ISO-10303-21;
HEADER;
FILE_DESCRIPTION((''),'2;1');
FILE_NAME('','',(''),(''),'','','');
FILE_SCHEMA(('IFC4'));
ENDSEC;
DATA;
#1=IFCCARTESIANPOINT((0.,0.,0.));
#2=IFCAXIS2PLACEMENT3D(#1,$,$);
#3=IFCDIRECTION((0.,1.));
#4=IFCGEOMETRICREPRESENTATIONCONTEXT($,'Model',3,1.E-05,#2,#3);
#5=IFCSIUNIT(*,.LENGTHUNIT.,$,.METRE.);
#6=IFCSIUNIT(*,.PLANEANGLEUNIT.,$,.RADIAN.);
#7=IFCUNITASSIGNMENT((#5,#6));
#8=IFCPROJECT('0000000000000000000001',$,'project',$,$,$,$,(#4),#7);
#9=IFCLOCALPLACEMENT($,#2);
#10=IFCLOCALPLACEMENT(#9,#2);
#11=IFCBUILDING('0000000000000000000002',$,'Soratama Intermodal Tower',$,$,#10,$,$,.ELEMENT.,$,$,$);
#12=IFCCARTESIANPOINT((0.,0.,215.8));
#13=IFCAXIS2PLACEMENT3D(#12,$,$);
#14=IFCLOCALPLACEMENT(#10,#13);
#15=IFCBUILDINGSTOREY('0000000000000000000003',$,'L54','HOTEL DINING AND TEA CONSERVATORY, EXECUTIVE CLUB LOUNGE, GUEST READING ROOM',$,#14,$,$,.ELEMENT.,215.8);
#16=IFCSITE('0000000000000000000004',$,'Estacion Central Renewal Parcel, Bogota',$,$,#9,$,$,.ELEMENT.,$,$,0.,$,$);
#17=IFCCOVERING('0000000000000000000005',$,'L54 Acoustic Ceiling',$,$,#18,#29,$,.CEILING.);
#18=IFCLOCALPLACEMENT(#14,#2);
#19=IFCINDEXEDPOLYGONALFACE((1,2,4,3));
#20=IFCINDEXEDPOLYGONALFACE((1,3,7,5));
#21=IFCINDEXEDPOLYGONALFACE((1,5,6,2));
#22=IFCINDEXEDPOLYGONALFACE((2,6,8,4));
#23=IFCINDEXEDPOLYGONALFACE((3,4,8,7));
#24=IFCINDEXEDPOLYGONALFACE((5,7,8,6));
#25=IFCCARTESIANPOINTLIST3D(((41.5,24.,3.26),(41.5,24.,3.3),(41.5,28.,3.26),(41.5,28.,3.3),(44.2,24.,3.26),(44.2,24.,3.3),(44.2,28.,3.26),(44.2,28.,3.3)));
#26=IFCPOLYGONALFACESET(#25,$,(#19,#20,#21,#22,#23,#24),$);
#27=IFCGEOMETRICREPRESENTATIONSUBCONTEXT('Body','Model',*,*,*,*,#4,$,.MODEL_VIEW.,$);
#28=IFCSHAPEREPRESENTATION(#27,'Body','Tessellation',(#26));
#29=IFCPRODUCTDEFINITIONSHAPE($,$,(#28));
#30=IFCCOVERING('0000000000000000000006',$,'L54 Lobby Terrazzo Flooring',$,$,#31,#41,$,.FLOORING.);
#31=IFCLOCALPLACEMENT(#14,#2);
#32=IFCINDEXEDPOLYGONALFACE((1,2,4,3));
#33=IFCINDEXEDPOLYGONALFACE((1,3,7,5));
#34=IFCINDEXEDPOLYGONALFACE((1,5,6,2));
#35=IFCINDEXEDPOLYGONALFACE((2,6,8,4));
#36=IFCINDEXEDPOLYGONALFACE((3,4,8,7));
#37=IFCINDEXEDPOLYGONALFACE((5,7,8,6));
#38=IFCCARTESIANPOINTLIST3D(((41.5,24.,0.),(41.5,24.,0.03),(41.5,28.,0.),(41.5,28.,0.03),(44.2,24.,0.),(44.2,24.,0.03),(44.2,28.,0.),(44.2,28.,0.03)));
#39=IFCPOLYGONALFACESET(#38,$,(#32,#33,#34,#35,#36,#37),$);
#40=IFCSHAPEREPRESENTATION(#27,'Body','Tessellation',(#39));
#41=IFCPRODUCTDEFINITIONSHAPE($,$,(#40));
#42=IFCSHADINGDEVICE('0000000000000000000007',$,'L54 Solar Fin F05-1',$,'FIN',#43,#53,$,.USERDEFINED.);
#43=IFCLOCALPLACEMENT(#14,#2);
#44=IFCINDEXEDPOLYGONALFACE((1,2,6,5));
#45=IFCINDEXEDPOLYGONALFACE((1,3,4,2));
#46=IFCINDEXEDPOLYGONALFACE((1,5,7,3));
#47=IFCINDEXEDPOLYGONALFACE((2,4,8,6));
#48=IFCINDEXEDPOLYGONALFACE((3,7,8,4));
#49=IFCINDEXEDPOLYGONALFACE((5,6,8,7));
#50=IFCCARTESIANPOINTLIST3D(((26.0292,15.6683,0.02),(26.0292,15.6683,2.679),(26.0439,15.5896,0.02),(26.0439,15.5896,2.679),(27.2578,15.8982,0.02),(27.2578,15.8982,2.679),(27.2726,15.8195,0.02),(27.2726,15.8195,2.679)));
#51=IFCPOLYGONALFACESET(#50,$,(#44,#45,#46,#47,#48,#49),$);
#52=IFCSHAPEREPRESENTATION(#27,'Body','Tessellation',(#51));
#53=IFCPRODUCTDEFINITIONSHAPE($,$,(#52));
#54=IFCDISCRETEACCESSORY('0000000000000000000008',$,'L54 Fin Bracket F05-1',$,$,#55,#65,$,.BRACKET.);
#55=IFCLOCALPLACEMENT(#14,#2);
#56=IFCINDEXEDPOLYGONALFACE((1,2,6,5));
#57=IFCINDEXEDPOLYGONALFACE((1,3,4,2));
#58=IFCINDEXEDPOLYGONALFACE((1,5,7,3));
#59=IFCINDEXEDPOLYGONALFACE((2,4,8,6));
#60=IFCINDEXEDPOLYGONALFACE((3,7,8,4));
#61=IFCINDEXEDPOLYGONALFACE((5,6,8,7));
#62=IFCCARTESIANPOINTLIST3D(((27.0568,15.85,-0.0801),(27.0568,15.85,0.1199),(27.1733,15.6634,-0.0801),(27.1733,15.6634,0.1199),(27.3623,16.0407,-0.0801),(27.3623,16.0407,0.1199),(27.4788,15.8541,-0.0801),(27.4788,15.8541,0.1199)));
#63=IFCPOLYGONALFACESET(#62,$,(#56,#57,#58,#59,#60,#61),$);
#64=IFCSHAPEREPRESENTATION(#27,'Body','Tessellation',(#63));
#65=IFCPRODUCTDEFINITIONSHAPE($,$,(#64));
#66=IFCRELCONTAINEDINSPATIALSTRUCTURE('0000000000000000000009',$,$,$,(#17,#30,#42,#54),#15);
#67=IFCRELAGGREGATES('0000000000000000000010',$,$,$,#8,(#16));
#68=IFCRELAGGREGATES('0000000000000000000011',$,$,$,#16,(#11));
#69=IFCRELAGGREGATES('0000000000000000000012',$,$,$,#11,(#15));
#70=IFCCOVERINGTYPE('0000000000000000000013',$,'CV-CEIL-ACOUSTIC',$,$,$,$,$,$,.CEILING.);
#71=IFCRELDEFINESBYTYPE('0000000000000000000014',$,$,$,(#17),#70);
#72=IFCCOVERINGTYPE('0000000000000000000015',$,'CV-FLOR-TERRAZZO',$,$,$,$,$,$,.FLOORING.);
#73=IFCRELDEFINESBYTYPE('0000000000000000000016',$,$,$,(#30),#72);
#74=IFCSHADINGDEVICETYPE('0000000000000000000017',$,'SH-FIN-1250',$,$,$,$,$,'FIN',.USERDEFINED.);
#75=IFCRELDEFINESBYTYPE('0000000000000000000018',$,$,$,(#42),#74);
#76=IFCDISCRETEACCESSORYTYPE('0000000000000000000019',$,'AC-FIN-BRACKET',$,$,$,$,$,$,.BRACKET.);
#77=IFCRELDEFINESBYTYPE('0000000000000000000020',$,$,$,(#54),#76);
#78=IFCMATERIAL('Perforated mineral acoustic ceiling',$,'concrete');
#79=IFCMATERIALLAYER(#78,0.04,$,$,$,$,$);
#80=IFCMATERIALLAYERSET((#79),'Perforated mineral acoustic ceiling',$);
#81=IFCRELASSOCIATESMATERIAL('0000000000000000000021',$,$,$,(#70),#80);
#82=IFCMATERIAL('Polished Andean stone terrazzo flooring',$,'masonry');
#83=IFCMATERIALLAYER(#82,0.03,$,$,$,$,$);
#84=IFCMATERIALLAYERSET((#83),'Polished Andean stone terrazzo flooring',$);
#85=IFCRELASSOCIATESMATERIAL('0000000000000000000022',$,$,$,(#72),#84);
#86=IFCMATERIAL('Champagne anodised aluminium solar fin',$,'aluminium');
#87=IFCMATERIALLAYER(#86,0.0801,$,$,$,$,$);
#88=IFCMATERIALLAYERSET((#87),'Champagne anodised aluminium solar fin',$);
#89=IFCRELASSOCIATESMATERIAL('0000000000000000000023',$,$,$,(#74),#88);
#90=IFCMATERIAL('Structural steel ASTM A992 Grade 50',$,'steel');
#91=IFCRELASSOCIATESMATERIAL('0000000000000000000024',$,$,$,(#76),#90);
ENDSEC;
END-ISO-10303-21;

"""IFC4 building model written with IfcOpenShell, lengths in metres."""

from ifc_helpers import new_model, si_unit, direction, frame, origin, origin_2d, place, context, subcontext, project, spatial, polyline, rectangle, outline, extrude, material, layer, layer_set, type_object, element, save


model = new_model("IFC4")

# Units and contexts
model_context = context("Model", 3, precision=1e-05, world=origin(), true_north=direction((0.0, 1.0)))
body_context = subcontext(model_context, "Body", "Model", "MODEL_VIEW")
ifc_project = project(units=[si_unit("LENGTHUNIT", "METRE"), si_unit("PLANEANGLEUNIT", "RADIAN")], contexts=[model_context])

# Site, building, storey
site_placement = place(None, origin())
site = spatial("IfcSite", under=ifc_project, at=site_placement, Name="Estacion Central Renewal Parcel, Bogota", CompositionType="ELEMENT", RefElevation=0.0)
building_placement = place(site_placement, origin())
building = spatial("IfcBuilding", under=site, at=building_placement, Name="Soratama Intermodal Tower", CompositionType="ELEMENT")
storey_placement = place(building_placement, frame((0.0, 0.0, 215.8)))
storey = spatial("IfcBuildingStorey", under=building, at=storey_placement, Name="L54", Description="HOTEL DINING AND TEA CONSERVATORY, EXECUTIVE CLUB LOUNGE, GUEST READING ROOM", CompositionType="ELEMENT", Elevation=215.8)

# Coverings
ifc_material_1 = material(Name="Perforated mineral acoustic ceiling", Category="concrete")
ifc_layer_1 = layer(ifc_material_1, 0.04)
ifc_layer_set_1 = layer_set([ifc_layer_1], Name="Perforated mineral acoustic ceiling")
covering_type_1 = type_object("IfcCoveringType", Name="CV-CEIL-ACOUSTIC", PredefinedType="CEILING", material=ifc_layer_set_1)
covering_1_placement = place(storey_placement, frame((0.0, 0.0, 3.26)))
element("IfcCovering", 1, at=covering_1_placement, inside=storey, type_object=covering_type_1, Name="L54 Acoustic Ceiling", PredefinedType="CEILING", context=body_context, shape_type="SweptSolid", body=[
    extrude(outline(polyline([(41.5, 24.0), (44.2, 24.0), (44.2, 28.0), (41.5, 28.0), (41.5, 24.0)])), origin(), (0.0, 0.0, 1.0), 0.04),
])
ifc_material_2 = material(Name="Polished Andean stone terrazzo flooring", Category="masonry")
ifc_layer_2 = layer(ifc_material_2, 0.03)
ifc_layer_set_2 = layer_set([ifc_layer_2], Name="Polished Andean stone terrazzo flooring")
covering_type_2 = type_object("IfcCoveringType", Name="CV-FLOR-TERRAZZO", PredefinedType="FLOORING", material=ifc_layer_set_2)
covering_2_placement = place(storey_placement, origin())
element("IfcCovering", 2, at=covering_2_placement, inside=storey, type_object=covering_type_2, Name="L54 Lobby Terrazzo Flooring", PredefinedType="FLOORING", context=body_context, shape_type="SweptSolid", body=[
    extrude(outline(polyline([(41.5, 24.0), (44.2, 24.0), (44.2, 28.0), (41.5, 28.0), (41.5, 24.0)])), origin(), (0.0, 0.0, 1.0), 0.03),
])

# Shading device
ifc_material_3 = material(Name="Champagne anodised aluminium solar fin", Category="aluminium")
ifc_layer_3 = layer(ifc_material_3, 0.0801)
ifc_layer_set_3 = layer_set([ifc_layer_3], Name="Champagne anodised aluminium solar fin")
shading_device_type = type_object("IfcShadingDeviceType", Name="SH-FIN-1250", ElementType="FIN", PredefinedType="USERDEFINED", material=ifc_layer_set_3)
shading_device_placement = place(storey_placement, frame((26.6509, 15.7439, 0.02), z_axis=(0.0, 0.0, 1.0), x_axis=(-0.982935, -0.183951, 0.0)))
element("IfcShadingDevice", 3, at=shading_device_placement, inside=storey, type_object=shading_device_type, Name="L54 Solar Fin F05-1", ObjectType="FIN", PredefinedType="USERDEFINED", context=body_context, shape_type="SweptSolid", body=[
    extrude(rectangle(XDim=1.25, YDim=0.0801, at=origin_2d()), origin(), (0.0, 0.0, 1.0), 2.6589),
])

# Discrete accessory
ifc_material_4 = material(Name="Structural steel ASTM A992 Grade 50", Category="steel")
discrete_accessory_type = type_object("IfcDiscreteAccessoryType", Name="AC-FIN-BRACKET", PredefinedType="BRACKET", material=ifc_material_4)
discrete_accessory_placement = place(storey_placement, frame((27.2678, 15.8521, -0.0801), z_axis=(0.0, 0.0, 1.0), x_axis=(-0.848233, -0.529623, 0.0)))
element("IfcDiscreteAccessory", 4, at=discrete_accessory_placement, inside=storey, type_object=discrete_accessory_type, Name="L54 Fin Bracket F05-1", PredefinedType="BRACKET", context=body_context, shape_type="SweptSolid", body=[
    extrude(rectangle(XDim=0.3601, YDim=0.22, at=origin_2d()), origin(), (0.0, 0.0, 1.0), 0.2),
])

save(model, "model.ifc")
